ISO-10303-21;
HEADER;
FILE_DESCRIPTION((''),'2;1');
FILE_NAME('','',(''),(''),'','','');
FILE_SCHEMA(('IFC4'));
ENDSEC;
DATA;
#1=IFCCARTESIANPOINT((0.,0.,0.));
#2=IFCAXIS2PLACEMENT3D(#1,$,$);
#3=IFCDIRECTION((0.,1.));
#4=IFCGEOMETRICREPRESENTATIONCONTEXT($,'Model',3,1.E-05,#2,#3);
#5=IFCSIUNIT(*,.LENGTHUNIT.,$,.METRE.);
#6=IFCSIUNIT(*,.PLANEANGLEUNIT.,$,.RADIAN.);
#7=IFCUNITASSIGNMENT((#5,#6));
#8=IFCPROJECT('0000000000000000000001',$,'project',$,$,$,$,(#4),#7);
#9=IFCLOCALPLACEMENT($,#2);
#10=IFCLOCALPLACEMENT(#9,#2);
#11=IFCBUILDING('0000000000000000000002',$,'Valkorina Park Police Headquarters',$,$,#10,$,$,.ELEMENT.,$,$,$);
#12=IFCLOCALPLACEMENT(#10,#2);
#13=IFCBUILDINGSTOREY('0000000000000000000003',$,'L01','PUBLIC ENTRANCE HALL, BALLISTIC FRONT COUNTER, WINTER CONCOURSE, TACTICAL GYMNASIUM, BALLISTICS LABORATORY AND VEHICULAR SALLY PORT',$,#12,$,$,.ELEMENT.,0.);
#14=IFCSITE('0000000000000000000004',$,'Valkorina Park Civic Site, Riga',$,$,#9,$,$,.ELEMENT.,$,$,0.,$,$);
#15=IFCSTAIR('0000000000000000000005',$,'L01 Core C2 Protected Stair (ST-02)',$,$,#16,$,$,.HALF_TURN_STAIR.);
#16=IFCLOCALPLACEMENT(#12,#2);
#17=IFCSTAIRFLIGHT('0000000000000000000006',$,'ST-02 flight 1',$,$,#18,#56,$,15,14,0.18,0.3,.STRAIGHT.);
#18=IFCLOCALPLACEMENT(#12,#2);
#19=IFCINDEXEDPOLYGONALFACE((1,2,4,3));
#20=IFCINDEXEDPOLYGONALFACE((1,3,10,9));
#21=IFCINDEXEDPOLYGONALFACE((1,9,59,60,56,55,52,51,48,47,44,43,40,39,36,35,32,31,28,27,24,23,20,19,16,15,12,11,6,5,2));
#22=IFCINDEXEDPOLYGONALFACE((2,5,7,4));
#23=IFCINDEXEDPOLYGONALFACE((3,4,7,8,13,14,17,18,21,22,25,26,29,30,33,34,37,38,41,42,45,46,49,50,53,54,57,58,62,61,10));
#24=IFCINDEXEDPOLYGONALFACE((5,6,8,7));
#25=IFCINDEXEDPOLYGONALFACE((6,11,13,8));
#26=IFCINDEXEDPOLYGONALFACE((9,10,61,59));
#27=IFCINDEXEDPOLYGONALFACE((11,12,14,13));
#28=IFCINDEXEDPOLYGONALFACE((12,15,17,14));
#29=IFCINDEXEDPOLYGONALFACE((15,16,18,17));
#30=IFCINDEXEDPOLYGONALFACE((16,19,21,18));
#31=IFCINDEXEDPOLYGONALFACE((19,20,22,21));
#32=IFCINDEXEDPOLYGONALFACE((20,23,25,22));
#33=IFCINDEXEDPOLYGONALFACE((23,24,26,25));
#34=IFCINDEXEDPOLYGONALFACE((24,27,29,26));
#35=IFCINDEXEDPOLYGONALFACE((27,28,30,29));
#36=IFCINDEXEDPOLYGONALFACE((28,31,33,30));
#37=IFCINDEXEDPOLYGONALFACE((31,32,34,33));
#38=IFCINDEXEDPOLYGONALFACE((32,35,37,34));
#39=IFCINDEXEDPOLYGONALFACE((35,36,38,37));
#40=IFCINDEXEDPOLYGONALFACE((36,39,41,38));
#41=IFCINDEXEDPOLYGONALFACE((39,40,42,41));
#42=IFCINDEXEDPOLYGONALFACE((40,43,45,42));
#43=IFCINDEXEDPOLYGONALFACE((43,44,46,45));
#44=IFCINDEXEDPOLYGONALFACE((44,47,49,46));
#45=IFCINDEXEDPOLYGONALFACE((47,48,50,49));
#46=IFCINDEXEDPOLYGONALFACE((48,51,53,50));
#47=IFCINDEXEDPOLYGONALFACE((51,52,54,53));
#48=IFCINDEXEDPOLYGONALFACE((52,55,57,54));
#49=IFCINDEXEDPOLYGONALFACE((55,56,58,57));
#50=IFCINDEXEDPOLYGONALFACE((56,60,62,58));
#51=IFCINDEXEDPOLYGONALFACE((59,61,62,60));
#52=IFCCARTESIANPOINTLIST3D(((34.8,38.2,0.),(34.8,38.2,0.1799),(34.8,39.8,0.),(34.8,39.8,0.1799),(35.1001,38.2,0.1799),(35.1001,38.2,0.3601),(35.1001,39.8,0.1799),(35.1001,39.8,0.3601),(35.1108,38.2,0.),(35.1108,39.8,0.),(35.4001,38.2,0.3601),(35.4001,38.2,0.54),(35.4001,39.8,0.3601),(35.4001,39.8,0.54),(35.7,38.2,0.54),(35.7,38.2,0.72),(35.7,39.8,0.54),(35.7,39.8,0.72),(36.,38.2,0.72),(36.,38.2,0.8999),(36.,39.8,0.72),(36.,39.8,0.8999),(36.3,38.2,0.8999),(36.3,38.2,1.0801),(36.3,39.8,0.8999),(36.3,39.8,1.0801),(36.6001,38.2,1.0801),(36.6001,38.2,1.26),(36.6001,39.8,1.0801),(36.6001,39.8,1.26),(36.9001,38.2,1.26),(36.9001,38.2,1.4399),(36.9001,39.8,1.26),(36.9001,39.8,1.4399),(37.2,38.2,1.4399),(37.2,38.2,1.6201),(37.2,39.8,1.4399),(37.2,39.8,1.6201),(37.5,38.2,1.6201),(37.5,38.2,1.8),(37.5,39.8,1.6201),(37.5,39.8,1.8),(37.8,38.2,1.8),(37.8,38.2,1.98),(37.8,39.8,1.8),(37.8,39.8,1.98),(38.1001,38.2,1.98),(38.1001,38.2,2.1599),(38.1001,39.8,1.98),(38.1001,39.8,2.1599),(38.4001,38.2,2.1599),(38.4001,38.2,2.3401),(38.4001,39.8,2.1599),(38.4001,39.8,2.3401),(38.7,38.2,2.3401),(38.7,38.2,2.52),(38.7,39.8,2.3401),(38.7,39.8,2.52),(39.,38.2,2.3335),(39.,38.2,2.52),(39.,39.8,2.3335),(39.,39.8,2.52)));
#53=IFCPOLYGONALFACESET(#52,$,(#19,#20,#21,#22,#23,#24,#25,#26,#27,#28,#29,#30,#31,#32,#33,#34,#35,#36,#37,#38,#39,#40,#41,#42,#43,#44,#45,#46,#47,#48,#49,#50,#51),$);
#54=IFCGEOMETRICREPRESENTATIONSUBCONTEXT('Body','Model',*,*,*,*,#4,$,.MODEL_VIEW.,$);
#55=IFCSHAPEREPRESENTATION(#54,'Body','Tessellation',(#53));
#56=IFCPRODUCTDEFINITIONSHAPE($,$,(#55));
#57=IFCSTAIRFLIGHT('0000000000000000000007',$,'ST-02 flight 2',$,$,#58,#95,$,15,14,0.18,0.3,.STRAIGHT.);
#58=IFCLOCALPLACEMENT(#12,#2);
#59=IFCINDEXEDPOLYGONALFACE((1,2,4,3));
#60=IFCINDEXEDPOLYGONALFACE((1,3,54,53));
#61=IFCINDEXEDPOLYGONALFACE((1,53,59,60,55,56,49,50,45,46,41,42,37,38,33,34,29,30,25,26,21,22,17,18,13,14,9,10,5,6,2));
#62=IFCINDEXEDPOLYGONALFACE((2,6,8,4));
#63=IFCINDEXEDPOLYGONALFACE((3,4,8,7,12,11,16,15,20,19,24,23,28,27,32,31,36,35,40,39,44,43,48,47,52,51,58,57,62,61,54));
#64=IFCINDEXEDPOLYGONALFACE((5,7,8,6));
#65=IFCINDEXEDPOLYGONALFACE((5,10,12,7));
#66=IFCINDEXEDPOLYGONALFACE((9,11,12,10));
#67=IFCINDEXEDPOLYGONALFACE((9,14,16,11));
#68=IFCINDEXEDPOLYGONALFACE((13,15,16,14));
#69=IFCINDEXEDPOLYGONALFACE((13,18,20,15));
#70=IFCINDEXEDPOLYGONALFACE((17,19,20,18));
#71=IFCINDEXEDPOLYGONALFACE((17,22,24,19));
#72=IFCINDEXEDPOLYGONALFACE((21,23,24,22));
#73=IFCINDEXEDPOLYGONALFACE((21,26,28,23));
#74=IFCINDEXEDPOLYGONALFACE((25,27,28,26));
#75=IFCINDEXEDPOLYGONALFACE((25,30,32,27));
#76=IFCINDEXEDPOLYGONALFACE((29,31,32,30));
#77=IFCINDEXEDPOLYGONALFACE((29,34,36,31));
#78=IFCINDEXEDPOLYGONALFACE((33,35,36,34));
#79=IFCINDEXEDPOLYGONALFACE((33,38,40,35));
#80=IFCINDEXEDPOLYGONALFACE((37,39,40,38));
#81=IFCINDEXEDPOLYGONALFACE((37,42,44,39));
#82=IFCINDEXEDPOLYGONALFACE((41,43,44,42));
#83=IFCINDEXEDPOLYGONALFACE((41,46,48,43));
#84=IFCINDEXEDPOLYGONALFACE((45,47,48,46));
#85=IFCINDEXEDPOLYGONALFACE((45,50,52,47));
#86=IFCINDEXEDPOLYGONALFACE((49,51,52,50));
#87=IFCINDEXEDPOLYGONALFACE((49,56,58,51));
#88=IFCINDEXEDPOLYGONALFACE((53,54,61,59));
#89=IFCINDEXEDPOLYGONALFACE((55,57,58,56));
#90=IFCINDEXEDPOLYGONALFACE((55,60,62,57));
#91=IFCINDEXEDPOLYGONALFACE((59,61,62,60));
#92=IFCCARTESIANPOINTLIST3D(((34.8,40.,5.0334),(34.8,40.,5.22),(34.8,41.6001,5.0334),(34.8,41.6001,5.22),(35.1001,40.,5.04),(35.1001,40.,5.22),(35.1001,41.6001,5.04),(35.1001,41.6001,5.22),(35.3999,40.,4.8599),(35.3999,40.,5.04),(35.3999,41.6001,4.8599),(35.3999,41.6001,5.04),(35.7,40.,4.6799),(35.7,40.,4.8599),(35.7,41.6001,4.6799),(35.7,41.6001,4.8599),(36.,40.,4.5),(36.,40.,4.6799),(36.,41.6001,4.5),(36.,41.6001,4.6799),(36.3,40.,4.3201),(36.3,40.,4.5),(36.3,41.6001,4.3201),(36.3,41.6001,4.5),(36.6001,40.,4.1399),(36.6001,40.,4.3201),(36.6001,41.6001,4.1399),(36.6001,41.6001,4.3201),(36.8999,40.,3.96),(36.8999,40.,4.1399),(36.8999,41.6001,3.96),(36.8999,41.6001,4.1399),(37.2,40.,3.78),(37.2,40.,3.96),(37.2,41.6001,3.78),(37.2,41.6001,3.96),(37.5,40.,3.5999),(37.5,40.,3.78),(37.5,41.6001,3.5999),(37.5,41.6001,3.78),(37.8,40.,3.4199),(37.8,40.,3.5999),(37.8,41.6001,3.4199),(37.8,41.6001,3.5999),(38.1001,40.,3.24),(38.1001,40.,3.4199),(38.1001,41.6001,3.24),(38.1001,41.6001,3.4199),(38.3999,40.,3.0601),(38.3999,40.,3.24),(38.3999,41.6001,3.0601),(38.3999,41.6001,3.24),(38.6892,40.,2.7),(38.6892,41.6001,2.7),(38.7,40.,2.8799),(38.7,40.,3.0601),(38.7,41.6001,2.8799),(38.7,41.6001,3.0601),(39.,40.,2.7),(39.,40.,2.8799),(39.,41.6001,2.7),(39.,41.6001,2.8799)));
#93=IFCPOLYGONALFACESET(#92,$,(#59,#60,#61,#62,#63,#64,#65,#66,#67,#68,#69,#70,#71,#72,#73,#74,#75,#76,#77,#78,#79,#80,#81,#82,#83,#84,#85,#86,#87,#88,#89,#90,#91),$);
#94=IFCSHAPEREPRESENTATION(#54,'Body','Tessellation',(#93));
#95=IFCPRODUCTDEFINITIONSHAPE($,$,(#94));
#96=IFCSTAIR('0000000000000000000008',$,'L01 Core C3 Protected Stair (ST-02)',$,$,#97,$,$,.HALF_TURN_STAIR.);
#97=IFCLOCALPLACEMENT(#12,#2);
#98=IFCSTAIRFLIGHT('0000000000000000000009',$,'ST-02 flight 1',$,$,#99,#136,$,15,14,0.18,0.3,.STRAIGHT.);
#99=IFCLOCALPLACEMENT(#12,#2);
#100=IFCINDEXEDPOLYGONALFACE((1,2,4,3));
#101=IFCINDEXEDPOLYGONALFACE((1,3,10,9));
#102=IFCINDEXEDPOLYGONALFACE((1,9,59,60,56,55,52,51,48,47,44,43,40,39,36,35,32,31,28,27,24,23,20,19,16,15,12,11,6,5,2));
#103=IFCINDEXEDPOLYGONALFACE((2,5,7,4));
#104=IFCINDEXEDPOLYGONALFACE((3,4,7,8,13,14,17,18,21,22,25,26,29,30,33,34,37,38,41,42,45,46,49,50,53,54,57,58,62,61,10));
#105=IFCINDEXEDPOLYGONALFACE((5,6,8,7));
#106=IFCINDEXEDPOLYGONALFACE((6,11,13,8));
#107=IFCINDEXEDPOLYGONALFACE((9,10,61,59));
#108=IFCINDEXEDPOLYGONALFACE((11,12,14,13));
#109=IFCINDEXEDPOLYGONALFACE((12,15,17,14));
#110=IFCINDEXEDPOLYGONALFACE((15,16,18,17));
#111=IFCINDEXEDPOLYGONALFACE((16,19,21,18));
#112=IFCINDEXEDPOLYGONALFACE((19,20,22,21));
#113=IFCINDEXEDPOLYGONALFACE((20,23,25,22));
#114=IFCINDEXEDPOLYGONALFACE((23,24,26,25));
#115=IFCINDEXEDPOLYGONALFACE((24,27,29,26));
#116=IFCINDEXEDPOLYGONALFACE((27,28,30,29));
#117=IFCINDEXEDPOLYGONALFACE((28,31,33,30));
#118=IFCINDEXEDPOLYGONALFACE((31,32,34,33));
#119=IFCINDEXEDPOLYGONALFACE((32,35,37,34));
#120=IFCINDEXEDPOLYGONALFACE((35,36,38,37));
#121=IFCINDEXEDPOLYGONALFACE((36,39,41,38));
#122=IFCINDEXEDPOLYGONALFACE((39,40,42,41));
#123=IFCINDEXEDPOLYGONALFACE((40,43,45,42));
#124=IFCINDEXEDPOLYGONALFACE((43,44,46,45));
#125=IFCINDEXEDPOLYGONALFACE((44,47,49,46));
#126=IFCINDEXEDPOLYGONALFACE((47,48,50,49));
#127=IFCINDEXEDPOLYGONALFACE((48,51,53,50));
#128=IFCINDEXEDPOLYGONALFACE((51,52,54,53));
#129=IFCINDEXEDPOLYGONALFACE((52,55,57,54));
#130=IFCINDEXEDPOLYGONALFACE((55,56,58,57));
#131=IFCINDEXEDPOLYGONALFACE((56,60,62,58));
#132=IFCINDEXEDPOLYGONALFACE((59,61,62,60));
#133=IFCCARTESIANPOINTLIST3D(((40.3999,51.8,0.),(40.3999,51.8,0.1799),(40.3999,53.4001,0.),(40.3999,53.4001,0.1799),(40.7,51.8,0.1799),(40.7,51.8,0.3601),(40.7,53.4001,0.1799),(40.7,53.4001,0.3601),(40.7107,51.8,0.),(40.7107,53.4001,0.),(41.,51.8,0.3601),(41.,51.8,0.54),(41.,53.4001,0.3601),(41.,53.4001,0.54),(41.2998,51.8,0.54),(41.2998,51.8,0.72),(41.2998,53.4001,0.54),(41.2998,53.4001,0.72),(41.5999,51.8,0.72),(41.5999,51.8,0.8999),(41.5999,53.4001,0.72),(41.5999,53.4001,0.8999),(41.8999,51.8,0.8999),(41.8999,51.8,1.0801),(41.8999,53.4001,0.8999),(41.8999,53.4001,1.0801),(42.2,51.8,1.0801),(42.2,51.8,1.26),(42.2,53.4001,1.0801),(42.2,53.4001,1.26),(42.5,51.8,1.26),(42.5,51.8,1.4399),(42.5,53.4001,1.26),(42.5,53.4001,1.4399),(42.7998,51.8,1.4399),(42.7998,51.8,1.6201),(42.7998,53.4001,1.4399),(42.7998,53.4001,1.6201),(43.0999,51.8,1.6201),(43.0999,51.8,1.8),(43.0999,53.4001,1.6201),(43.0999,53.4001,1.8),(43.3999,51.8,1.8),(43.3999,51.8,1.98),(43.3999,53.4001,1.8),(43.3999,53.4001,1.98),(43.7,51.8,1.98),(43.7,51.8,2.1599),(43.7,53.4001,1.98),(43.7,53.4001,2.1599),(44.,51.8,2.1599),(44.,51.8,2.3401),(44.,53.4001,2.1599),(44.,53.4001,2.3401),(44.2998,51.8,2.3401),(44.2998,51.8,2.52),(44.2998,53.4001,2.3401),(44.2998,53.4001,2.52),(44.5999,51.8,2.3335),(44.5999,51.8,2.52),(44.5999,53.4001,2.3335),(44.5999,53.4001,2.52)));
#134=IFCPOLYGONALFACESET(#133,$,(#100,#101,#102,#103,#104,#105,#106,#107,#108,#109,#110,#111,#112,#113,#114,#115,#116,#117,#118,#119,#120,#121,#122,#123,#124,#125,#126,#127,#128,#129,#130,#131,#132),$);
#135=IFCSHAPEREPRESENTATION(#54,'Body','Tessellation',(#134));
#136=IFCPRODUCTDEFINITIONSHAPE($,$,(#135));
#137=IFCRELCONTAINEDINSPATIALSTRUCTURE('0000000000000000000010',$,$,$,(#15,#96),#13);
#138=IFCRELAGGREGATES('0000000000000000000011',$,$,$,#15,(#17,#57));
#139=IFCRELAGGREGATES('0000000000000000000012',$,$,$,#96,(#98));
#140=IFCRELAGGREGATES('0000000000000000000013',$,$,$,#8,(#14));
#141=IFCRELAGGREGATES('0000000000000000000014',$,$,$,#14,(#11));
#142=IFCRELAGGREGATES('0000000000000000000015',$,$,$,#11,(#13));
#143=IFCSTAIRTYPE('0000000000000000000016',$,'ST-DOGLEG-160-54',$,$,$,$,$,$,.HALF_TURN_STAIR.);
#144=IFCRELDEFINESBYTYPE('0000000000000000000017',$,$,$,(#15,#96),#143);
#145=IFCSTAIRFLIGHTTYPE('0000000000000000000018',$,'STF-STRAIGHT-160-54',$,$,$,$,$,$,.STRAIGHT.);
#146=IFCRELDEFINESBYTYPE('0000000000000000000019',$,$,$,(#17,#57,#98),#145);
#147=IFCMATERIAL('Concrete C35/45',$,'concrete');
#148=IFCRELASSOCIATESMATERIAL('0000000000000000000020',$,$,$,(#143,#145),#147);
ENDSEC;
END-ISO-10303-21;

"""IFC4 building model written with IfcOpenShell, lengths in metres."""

from ifc_helpers import new_model, si_unit, direction, frame, origin, place, context, subcontext, project, spatial, polyline, outline, extrude, material, type_object, element, aggregate, save


model = new_model("IFC4")

# Units and contexts
model_context = context("Model", 3, precision=1e-05, world=origin(), true_north=direction((0.0, 1.0)))
body_context = subcontext(model_context, "Body", "Model", "MODEL_VIEW")
ifc_project = project(units=[si_unit("LENGTHUNIT", "METRE"), si_unit("PLANEANGLEUNIT", "RADIAN")], contexts=[model_context])

# Site, building, storey
site_placement = place(None, origin())
site = spatial("IfcSite", under=ifc_project, at=site_placement, Name="Valkorina Park Civic Site, Riga", CompositionType="ELEMENT", RefElevation=0.0)
building_placement = place(site_placement, origin())
building = spatial("IfcBuilding", under=site, at=building_placement, Name="Valkorina Park Police Headquarters", CompositionType="ELEMENT")
storey_placement = place(building_placement, origin())
storey = spatial("IfcBuildingStorey", under=building, at=storey_placement, Name="L01", Description="PUBLIC ENTRANCE HALL, BALLISTIC FRONT COUNTER, WINTER CONCOURSE, TACTICAL GYMNASIUM, BALLISTICS LABORATORY AND VEHICULAR SALLY PORT", CompositionType="ELEMENT", Elevation=0.0)

# Stair, stair flights
ifc_material_1 = material(Name="Concrete C35/45", Category="concrete")
stair_type = type_object("IfcStairType", Name="ST-DOGLEG-160-54", PredefinedType="HALF_TURN_STAIR", material=ifc_material_1)
stair_1_placement = place(storey_placement, origin())
stair_1 = element("IfcStair", 1, at=stair_1_placement, inside=storey, type_object=stair_type, Name="L01 Core C2 Protected Stair (ST-02)", PredefinedType="HALF_TURN_STAIR")
stair_flight_type = type_object("IfcStairFlightType", Name="STF-STRAIGHT-160-54", PredefinedType="STRAIGHT", material=ifc_material_1)
stair_flight_1_placement = place(storey_placement, frame((34.8, 39.0, 0.0), z_axis=(0.0, 0.0, 1.0), x_axis=(1.0, 0.0, 0.0)))
stair_flight_1 = element("IfcStairFlight", 2, at=stair_flight_1_placement, type_object=stair_flight_type, Name="ST-02 flight 1", NumberOfRisers=15, NumberOfTreads=14, PredefinedType="STRAIGHT", RiserHeight=0.18, TreadLength=0.3, context=body_context, shape_type="SweptSolid", body=[
    extrude(outline(polyline([(0.0, 0.0), (0.0, 0.1799), (0.3, 0.1799), (0.3, 0.3601), (0.6001, 0.3601), (0.6001, 0.54), (0.8999, 0.54), (0.8999, 0.72), (1.2, 0.72), (1.2, 0.8999), (1.5, 0.8999), (1.5, 1.0801), (1.8, 1.0801), (1.8, 1.26), (2.1001, 1.26), (2.1001, 1.4399), (2.3999, 1.4399), (2.3999, 1.6201), (2.7, 1.6201), (2.7, 1.8), (3.0, 1.8), (3.0, 1.98), (3.3, 1.98), (3.3, 2.1599), (3.6001, 2.1599), (3.6001, 2.3401), (3.8999, 2.3401), (3.8999, 2.52), (4.2, 2.52), (4.2, 2.7), (4.2, 2.3335), (0.3108, 0.0), (0.0, 0.0)])), frame((0.0, 0.8, 0.0), z_axis=(0.0, -1.0, 0.0), x_axis=(1.0, 0.0, 0.0)), (0.0, 0.0, 1.0), 1.6001),
])
stair_flight_2_placement = place(storey_placement, frame((39.0, 40.8, 2.7), z_axis=(0.0, 0.0, 1.0), x_axis=(-1.0, 0.0, 0.0)))
stair_flight_2 = element("IfcStairFlight", 3, at=stair_flight_2_placement, type_object=stair_flight_type, Name="ST-02 flight 2", NumberOfRisers=15, NumberOfTreads=14, PredefinedType="STRAIGHT", RiserHeight=0.18, TreadLength=0.3, context=body_context, shape_type="SweptSolid", body=[
    extrude(outline(polyline([(0.0, 0.0), (0.0, 0.1799), (0.3, 0.1799), (0.3, 0.3601), (0.6001, 0.3601), (0.6001, 0.54), (0.8999, 0.54), (0.8999, 0.72), (1.2, 0.72), (1.2, 0.8999), (1.5, 0.8999), (1.5, 1.0801), (1.8, 1.0801), (1.8, 1.26), (2.1001, 1.26), (2.1001, 1.4399), (2.3999, 1.4399), (2.3999, 1.6201), (2.7, 1.6201), (2.7, 1.8), (3.0, 1.8), (3.0, 1.98), (3.3, 1.98), (3.3, 2.1599), (3.6001, 2.1599), (3.6001, 2.3401), (3.8999, 2.3401), (3.8999, 2.52), (4.2, 2.52), (4.2, 2.7), (4.2, 2.3335), (0.3108, 0.0), (0.0, 0.0)])), frame((0.0, 0.8, 0.0), z_axis=(0.0, -1.0, 0.0), x_axis=(1.0, 0.0, 0.0)), (0.0, 0.0, 1.0), 1.6001),
])
aggregate(stair_1, [stair_flight_1, stair_flight_2])

# Stair, stair flight
stair_2_placement = place(storey_placement, origin())
stair_2 = element("IfcStair", 4, at=stair_2_placement, inside=storey, type_object=stair_type, Name="L01 Core C3 Protected Stair (ST-02)", PredefinedType="HALF_TURN_STAIR")
stair_flight_3_placement = place(storey_placement, frame((40.3999, 52.6001, 0.0), z_axis=(0.0, 0.0, 1.0), x_axis=(1.0, 0.0, 0.0)))
stair_flight_3 = element("IfcStairFlight", 5, at=stair_flight_3_placement, type_object=stair_flight_type, Name="ST-02 flight 1", NumberOfRisers=15, NumberOfTreads=14, PredefinedType="STRAIGHT", RiserHeight=0.18, TreadLength=0.3, context=body_context, shape_type="SweptSolid", body=[
    extrude(outline(polyline([(0.0, 0.0), (0.0, 0.1799), (0.3, 0.1799), (0.3, 0.3601), (0.6001, 0.3601), (0.6001, 0.54), (0.8999, 0.54), (0.8999, 0.72), (1.2, 0.72), (1.2, 0.8999), (1.5, 0.8999), (1.5, 1.0801), (1.8, 1.0801), (1.8, 1.26), (2.1001, 1.26), (2.1001, 1.4399), (2.3999, 1.4399), (2.3999, 1.6201), (2.7, 1.6201), (2.7, 1.8), (3.0, 1.8), (3.0, 1.98), (3.3, 1.98), (3.3, 2.1599), (3.6001, 2.1599), (3.6001, 2.3401), (3.8999, 2.3401), (3.8999, 2.52), (4.2, 2.52), (4.2, 2.7), (4.2, 2.3335), (0.3108, 0.0), (0.0, 0.0)])), frame((0.0, 0.8, 0.0), z_axis=(0.0, -1.0, 0.0), x_axis=(1.0, 0.0, 0.0)), (0.0, 0.0, 1.0), 1.6001),
])
aggregate(stair_2, [stair_flight_3])

save(model, "model.ifc")
